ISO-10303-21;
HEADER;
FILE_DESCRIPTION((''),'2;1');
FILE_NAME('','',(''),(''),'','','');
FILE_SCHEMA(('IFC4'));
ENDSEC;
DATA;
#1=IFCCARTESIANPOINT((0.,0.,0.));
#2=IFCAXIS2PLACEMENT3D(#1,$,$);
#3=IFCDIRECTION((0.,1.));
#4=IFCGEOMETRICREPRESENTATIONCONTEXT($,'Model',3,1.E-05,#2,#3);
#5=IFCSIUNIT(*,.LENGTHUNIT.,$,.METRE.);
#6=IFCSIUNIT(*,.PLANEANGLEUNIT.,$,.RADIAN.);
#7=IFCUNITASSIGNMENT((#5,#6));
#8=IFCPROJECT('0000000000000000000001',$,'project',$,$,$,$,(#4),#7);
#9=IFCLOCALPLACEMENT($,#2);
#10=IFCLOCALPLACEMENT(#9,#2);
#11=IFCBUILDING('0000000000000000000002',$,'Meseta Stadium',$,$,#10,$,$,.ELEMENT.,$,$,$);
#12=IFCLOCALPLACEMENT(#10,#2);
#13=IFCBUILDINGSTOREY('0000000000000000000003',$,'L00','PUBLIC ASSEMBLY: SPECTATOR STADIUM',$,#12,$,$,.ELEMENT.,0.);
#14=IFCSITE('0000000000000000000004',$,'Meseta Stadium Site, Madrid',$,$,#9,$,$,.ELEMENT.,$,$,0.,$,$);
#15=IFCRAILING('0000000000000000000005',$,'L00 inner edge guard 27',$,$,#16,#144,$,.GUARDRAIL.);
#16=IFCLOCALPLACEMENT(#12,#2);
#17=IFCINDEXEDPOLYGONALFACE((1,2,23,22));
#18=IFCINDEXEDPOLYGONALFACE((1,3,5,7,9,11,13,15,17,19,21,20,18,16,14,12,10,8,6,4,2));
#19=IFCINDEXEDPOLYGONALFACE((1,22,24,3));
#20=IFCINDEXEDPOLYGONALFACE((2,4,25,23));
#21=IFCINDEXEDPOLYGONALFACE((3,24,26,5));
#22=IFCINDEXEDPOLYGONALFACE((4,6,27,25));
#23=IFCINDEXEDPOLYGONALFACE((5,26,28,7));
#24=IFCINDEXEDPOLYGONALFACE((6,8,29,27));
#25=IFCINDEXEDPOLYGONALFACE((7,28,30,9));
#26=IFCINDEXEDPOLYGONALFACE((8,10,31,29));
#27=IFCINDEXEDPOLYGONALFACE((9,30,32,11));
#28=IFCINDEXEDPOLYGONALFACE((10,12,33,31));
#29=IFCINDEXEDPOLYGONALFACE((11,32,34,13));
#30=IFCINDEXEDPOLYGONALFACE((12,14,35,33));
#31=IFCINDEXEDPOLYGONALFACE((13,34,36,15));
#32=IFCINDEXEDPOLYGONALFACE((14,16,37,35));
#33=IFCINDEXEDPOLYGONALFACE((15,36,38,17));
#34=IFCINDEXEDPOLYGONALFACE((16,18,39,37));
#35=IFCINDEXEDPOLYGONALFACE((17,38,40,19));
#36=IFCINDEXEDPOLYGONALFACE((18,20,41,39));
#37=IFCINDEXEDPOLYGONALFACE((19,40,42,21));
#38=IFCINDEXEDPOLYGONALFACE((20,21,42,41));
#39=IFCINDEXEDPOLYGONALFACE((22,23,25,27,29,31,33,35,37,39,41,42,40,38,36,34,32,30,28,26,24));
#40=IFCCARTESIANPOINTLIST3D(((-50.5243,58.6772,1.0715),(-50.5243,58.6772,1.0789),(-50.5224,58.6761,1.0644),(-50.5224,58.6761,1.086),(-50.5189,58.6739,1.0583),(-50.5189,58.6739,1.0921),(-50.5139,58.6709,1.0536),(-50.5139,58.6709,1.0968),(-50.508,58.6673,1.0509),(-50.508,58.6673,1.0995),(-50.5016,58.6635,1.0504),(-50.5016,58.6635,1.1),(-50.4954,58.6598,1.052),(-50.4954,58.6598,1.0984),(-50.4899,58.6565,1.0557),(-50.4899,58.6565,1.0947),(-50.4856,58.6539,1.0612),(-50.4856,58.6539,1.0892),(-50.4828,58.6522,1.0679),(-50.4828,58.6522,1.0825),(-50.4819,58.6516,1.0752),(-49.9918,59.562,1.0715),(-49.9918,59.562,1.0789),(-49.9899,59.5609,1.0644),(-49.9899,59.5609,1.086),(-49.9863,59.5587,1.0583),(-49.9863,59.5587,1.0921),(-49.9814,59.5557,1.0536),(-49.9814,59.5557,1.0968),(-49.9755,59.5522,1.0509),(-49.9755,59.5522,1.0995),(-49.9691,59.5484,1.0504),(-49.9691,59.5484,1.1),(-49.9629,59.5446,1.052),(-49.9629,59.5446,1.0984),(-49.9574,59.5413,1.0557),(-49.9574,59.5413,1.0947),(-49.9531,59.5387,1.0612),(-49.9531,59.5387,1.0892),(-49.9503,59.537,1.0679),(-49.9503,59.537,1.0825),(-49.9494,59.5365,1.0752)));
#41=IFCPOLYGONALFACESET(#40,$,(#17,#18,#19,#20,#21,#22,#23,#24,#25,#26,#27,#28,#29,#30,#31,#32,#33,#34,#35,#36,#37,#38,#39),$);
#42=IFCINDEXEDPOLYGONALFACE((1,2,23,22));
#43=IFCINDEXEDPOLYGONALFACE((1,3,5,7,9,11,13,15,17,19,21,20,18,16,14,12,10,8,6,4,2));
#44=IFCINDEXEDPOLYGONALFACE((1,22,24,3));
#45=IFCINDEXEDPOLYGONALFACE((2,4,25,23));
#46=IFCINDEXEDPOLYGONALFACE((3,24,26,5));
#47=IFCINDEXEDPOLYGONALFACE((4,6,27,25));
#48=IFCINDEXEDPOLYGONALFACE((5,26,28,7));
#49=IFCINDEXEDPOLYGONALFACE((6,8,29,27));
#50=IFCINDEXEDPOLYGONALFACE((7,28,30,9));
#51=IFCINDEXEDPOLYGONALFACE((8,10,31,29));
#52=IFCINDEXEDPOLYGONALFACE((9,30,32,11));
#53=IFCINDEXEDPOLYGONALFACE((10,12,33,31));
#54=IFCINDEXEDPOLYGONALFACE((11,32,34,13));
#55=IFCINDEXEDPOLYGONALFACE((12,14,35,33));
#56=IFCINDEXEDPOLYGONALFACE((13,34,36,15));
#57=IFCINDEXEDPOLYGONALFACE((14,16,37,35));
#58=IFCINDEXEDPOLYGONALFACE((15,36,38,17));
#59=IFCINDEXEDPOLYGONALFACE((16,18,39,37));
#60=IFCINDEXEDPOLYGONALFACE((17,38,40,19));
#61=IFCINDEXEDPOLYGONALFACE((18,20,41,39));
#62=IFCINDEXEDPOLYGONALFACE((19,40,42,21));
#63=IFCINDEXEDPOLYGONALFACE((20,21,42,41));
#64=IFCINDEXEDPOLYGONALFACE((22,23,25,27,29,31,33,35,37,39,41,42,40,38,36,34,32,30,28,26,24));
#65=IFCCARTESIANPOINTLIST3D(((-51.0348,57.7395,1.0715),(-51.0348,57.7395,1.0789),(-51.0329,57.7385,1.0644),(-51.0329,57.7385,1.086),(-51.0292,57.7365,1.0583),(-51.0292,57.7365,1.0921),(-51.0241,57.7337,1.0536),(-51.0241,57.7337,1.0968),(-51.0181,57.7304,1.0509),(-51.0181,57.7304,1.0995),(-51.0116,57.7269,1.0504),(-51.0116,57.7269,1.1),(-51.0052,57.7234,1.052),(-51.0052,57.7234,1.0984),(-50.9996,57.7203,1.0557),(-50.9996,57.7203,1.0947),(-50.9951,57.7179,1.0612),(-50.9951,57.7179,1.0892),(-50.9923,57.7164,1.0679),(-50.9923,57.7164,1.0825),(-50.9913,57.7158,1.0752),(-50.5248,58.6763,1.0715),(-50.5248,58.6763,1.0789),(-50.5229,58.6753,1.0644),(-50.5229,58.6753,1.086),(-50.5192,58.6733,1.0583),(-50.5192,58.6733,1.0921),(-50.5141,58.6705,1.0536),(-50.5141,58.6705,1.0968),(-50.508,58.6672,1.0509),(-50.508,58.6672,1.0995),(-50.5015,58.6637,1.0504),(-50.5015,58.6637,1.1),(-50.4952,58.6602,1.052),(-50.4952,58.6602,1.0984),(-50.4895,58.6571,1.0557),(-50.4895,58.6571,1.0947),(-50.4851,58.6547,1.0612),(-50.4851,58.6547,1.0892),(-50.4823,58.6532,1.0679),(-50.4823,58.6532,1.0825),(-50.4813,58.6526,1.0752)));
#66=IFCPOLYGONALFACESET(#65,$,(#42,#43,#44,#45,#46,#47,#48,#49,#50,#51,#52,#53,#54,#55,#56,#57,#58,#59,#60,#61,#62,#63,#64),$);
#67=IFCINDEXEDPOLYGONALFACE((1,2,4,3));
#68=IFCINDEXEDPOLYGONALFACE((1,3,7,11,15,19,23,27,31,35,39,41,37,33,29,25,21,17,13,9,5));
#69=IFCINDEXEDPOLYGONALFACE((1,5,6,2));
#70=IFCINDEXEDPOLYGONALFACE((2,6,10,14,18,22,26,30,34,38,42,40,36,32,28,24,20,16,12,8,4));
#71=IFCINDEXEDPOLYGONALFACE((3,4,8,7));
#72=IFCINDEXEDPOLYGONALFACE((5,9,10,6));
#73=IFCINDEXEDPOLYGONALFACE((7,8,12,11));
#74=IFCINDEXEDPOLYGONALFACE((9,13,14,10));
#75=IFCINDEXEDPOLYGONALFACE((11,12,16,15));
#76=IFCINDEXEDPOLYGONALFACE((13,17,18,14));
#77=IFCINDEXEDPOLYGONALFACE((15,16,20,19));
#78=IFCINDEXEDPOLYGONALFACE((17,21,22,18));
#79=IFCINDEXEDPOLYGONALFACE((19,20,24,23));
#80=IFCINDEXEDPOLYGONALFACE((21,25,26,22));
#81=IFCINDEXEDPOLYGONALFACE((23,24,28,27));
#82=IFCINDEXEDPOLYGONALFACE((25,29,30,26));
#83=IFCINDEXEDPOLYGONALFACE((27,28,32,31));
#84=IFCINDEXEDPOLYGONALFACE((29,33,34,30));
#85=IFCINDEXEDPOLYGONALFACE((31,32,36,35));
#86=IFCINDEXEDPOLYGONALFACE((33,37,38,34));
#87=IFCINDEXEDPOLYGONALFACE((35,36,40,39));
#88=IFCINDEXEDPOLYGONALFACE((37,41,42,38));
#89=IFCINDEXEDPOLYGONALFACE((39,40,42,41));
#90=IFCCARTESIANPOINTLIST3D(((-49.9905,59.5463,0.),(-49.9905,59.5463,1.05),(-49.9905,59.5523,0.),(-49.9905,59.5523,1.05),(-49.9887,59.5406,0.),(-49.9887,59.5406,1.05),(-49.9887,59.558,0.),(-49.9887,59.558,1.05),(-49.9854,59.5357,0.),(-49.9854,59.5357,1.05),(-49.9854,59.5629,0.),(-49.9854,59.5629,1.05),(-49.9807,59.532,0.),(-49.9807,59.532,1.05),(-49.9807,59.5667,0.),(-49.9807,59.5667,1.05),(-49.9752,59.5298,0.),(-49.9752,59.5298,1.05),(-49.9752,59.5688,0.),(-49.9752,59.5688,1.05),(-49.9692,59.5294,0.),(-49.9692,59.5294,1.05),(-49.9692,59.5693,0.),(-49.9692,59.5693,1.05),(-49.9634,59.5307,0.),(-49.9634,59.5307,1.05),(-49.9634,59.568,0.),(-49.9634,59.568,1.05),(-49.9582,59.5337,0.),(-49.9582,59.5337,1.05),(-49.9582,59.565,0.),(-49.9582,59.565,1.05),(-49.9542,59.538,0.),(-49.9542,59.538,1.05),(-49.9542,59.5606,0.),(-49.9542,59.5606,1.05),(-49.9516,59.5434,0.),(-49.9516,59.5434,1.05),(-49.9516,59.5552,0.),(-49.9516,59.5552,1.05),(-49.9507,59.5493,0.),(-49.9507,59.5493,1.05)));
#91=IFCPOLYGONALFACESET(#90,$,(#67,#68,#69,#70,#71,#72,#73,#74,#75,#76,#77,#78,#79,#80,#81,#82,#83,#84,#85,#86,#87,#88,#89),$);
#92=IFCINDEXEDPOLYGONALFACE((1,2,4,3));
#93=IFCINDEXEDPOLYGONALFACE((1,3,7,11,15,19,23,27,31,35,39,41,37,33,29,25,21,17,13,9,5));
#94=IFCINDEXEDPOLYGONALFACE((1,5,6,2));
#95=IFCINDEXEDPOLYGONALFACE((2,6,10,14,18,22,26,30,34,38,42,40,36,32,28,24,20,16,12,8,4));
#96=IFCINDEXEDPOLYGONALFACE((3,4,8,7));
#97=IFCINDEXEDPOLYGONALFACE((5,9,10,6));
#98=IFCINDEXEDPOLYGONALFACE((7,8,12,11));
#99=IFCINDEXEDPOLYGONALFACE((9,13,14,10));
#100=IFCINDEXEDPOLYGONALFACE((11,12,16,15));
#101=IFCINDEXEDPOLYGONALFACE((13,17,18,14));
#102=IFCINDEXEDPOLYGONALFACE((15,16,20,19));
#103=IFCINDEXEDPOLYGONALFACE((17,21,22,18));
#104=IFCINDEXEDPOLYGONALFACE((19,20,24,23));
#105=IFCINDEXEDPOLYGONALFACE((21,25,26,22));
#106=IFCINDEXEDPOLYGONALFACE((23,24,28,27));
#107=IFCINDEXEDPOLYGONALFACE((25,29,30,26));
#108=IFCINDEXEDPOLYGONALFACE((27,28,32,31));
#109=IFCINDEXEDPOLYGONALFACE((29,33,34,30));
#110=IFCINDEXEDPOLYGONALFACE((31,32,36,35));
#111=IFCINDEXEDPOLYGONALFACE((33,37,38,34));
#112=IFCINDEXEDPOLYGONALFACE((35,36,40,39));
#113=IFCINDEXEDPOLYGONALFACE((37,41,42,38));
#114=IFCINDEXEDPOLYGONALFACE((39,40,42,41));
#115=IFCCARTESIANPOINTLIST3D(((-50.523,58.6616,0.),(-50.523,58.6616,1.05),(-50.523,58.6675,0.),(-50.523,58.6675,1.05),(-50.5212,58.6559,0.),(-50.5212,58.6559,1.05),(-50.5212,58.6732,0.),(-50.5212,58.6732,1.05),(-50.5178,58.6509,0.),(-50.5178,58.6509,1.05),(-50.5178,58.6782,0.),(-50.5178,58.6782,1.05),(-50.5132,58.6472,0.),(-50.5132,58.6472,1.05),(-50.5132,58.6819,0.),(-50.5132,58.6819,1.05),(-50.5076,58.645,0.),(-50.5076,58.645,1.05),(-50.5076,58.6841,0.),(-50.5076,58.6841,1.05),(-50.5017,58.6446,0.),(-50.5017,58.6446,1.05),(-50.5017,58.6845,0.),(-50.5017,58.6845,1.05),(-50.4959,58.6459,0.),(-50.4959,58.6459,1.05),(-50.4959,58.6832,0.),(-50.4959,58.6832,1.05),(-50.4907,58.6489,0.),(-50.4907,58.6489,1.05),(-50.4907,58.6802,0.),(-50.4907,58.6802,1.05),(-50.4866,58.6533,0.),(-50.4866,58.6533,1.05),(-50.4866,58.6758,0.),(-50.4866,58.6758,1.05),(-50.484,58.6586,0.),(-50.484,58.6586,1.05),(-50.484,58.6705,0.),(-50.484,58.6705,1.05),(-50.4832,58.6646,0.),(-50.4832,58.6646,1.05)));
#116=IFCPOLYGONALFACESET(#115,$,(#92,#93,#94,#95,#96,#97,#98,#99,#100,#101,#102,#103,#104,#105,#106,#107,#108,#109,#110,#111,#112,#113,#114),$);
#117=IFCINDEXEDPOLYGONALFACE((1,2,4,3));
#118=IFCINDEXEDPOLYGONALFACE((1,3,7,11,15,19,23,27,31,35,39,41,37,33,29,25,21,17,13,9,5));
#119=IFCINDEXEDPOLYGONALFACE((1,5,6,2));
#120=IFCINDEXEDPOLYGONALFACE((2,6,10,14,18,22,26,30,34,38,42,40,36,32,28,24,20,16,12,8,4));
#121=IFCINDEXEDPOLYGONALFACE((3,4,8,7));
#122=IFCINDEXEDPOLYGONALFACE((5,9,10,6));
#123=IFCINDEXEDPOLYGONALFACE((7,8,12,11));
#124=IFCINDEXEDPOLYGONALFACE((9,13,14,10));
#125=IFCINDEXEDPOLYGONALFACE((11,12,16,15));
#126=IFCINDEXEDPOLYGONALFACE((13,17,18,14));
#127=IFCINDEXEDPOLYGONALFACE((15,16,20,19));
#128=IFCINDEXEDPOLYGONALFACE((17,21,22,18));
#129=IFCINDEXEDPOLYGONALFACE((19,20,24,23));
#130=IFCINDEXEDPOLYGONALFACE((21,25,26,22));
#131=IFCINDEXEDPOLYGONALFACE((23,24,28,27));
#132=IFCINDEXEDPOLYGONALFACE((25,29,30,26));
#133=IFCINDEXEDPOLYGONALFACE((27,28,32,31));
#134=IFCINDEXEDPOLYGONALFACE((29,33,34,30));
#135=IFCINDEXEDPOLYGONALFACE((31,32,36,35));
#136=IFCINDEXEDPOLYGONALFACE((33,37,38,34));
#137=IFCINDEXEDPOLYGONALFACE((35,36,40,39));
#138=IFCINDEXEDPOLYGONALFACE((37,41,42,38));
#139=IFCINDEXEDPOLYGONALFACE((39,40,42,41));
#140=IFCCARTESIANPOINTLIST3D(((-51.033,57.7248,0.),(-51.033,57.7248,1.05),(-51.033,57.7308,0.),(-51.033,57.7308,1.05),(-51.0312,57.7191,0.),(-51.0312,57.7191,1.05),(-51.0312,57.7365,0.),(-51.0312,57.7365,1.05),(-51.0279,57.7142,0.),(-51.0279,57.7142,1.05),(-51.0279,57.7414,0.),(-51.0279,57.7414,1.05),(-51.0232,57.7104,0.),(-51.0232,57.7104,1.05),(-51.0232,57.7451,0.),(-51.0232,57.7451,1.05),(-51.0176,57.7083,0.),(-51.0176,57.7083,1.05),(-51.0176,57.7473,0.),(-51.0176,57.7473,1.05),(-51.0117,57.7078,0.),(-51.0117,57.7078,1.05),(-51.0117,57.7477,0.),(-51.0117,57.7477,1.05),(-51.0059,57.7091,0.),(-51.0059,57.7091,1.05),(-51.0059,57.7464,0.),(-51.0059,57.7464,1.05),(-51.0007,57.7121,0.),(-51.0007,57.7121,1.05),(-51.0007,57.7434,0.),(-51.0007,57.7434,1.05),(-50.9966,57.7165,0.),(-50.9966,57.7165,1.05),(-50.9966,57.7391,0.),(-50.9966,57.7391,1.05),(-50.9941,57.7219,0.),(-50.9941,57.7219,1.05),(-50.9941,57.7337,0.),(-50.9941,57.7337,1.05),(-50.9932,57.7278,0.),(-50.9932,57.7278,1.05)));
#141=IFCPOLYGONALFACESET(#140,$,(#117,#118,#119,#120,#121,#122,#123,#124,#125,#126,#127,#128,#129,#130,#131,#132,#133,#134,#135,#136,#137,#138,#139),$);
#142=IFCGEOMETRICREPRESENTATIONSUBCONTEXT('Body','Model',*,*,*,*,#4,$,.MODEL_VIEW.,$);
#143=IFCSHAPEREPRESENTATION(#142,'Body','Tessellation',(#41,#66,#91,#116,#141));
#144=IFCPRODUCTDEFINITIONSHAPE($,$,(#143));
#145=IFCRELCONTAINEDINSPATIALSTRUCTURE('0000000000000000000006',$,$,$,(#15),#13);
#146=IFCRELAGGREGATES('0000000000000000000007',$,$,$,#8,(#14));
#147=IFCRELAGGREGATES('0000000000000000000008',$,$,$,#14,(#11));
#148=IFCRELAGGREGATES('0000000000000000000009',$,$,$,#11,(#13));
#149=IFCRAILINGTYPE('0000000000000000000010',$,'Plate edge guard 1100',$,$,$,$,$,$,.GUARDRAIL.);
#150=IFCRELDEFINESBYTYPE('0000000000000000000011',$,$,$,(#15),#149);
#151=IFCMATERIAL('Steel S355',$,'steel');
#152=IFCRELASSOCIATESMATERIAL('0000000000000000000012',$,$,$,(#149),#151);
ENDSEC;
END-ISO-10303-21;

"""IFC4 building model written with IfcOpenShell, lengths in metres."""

from ifc_helpers import new_model, si_unit, direction, frame, origin, origin_2d, place, context, subcontext, project, spatial, circle, extrude, material, type_object, element, save


model = new_model("IFC4")

# Units and contexts
model_context = context("Model", 3, precision=1e-05, world=origin(), true_north=direction((0.0, 1.0)))
body_context = subcontext(model_context, "Body", "Model", "MODEL_VIEW")
ifc_project = project(units=[si_unit("LENGTHUNIT", "METRE"), si_unit("PLANEANGLEUNIT", "RADIAN")], contexts=[model_context])

# Site, building, storey
site_placement = place(None, origin())
site = spatial("IfcSite", under=ifc_project, at=site_placement, Name="Meseta Stadium Site, Madrid", CompositionType="ELEMENT", RefElevation=0.0)
building_placement = place(site_placement, origin())
building = spatial("IfcBuilding", under=site, at=building_placement, Name="Meseta Stadium", CompositionType="ELEMENT")
storey_placement = place(building_placement, origin())
storey = spatial("IfcBuildingStorey", under=building, at=storey_placement, Name="L00", Description="PUBLIC ASSEMBLY: SPECTATOR STADIUM", CompositionType="ELEMENT", Elevation=0.0)

# Railing
ifc_material_1 = material(Name="Steel S355", Category="steel")
railing_type_1 = type_object("IfcRailingType", Name="Plate edge guard 1100", PredefinedType="GUARDRAIL", material=ifc_material_1)
railing_1_placement = place(storey_placement, frame((-49.9707, 59.5493, 0.0)))
element("IfcRailing", 1, at=railing_1_placement, inside=storey, type_object=railing_type_1, Name="L00 inner edge guard 27", PredefinedType="GUARDRAIL", context=body_context, shape_type="SweptSolid", body=[
    extrude(circle(Radius=0.0249, at=origin_2d()), frame((0.0, 0.0, 1.0752), z_axis=(-0.515643, -0.856804, 0.0), x_axis=(0.856804, -0.515643, 0.0)), (0.0, 0.0, 1.0), 1.0327),
    extrude(circle(Radius=0.0249, at=origin_2d()), frame((-0.5325, -0.8848, 1.0752), z_axis=(-0.478162, -0.878271, 0.0), x_axis=(0.878271, -0.478162, 0.0)), (0.0, 0.0, 1.0), 1.0667),
    extrude(circle(Radius=0.02, at=origin_2d()), origin(), (0.0, 0.0, 1.0), 1.05),
    extrude(circle(Radius=0.02, at=origin_2d()), frame((-0.5325, -0.8848, 0.0)), (0.0, 0.0, 1.0), 1.05),
    extrude(circle(Radius=0.02, at=origin_2d()), frame((-1.0425, -1.8215, 0.0)), (0.0, 0.0, 1.0), 1.05),
])

save(model, "model.ifc")
